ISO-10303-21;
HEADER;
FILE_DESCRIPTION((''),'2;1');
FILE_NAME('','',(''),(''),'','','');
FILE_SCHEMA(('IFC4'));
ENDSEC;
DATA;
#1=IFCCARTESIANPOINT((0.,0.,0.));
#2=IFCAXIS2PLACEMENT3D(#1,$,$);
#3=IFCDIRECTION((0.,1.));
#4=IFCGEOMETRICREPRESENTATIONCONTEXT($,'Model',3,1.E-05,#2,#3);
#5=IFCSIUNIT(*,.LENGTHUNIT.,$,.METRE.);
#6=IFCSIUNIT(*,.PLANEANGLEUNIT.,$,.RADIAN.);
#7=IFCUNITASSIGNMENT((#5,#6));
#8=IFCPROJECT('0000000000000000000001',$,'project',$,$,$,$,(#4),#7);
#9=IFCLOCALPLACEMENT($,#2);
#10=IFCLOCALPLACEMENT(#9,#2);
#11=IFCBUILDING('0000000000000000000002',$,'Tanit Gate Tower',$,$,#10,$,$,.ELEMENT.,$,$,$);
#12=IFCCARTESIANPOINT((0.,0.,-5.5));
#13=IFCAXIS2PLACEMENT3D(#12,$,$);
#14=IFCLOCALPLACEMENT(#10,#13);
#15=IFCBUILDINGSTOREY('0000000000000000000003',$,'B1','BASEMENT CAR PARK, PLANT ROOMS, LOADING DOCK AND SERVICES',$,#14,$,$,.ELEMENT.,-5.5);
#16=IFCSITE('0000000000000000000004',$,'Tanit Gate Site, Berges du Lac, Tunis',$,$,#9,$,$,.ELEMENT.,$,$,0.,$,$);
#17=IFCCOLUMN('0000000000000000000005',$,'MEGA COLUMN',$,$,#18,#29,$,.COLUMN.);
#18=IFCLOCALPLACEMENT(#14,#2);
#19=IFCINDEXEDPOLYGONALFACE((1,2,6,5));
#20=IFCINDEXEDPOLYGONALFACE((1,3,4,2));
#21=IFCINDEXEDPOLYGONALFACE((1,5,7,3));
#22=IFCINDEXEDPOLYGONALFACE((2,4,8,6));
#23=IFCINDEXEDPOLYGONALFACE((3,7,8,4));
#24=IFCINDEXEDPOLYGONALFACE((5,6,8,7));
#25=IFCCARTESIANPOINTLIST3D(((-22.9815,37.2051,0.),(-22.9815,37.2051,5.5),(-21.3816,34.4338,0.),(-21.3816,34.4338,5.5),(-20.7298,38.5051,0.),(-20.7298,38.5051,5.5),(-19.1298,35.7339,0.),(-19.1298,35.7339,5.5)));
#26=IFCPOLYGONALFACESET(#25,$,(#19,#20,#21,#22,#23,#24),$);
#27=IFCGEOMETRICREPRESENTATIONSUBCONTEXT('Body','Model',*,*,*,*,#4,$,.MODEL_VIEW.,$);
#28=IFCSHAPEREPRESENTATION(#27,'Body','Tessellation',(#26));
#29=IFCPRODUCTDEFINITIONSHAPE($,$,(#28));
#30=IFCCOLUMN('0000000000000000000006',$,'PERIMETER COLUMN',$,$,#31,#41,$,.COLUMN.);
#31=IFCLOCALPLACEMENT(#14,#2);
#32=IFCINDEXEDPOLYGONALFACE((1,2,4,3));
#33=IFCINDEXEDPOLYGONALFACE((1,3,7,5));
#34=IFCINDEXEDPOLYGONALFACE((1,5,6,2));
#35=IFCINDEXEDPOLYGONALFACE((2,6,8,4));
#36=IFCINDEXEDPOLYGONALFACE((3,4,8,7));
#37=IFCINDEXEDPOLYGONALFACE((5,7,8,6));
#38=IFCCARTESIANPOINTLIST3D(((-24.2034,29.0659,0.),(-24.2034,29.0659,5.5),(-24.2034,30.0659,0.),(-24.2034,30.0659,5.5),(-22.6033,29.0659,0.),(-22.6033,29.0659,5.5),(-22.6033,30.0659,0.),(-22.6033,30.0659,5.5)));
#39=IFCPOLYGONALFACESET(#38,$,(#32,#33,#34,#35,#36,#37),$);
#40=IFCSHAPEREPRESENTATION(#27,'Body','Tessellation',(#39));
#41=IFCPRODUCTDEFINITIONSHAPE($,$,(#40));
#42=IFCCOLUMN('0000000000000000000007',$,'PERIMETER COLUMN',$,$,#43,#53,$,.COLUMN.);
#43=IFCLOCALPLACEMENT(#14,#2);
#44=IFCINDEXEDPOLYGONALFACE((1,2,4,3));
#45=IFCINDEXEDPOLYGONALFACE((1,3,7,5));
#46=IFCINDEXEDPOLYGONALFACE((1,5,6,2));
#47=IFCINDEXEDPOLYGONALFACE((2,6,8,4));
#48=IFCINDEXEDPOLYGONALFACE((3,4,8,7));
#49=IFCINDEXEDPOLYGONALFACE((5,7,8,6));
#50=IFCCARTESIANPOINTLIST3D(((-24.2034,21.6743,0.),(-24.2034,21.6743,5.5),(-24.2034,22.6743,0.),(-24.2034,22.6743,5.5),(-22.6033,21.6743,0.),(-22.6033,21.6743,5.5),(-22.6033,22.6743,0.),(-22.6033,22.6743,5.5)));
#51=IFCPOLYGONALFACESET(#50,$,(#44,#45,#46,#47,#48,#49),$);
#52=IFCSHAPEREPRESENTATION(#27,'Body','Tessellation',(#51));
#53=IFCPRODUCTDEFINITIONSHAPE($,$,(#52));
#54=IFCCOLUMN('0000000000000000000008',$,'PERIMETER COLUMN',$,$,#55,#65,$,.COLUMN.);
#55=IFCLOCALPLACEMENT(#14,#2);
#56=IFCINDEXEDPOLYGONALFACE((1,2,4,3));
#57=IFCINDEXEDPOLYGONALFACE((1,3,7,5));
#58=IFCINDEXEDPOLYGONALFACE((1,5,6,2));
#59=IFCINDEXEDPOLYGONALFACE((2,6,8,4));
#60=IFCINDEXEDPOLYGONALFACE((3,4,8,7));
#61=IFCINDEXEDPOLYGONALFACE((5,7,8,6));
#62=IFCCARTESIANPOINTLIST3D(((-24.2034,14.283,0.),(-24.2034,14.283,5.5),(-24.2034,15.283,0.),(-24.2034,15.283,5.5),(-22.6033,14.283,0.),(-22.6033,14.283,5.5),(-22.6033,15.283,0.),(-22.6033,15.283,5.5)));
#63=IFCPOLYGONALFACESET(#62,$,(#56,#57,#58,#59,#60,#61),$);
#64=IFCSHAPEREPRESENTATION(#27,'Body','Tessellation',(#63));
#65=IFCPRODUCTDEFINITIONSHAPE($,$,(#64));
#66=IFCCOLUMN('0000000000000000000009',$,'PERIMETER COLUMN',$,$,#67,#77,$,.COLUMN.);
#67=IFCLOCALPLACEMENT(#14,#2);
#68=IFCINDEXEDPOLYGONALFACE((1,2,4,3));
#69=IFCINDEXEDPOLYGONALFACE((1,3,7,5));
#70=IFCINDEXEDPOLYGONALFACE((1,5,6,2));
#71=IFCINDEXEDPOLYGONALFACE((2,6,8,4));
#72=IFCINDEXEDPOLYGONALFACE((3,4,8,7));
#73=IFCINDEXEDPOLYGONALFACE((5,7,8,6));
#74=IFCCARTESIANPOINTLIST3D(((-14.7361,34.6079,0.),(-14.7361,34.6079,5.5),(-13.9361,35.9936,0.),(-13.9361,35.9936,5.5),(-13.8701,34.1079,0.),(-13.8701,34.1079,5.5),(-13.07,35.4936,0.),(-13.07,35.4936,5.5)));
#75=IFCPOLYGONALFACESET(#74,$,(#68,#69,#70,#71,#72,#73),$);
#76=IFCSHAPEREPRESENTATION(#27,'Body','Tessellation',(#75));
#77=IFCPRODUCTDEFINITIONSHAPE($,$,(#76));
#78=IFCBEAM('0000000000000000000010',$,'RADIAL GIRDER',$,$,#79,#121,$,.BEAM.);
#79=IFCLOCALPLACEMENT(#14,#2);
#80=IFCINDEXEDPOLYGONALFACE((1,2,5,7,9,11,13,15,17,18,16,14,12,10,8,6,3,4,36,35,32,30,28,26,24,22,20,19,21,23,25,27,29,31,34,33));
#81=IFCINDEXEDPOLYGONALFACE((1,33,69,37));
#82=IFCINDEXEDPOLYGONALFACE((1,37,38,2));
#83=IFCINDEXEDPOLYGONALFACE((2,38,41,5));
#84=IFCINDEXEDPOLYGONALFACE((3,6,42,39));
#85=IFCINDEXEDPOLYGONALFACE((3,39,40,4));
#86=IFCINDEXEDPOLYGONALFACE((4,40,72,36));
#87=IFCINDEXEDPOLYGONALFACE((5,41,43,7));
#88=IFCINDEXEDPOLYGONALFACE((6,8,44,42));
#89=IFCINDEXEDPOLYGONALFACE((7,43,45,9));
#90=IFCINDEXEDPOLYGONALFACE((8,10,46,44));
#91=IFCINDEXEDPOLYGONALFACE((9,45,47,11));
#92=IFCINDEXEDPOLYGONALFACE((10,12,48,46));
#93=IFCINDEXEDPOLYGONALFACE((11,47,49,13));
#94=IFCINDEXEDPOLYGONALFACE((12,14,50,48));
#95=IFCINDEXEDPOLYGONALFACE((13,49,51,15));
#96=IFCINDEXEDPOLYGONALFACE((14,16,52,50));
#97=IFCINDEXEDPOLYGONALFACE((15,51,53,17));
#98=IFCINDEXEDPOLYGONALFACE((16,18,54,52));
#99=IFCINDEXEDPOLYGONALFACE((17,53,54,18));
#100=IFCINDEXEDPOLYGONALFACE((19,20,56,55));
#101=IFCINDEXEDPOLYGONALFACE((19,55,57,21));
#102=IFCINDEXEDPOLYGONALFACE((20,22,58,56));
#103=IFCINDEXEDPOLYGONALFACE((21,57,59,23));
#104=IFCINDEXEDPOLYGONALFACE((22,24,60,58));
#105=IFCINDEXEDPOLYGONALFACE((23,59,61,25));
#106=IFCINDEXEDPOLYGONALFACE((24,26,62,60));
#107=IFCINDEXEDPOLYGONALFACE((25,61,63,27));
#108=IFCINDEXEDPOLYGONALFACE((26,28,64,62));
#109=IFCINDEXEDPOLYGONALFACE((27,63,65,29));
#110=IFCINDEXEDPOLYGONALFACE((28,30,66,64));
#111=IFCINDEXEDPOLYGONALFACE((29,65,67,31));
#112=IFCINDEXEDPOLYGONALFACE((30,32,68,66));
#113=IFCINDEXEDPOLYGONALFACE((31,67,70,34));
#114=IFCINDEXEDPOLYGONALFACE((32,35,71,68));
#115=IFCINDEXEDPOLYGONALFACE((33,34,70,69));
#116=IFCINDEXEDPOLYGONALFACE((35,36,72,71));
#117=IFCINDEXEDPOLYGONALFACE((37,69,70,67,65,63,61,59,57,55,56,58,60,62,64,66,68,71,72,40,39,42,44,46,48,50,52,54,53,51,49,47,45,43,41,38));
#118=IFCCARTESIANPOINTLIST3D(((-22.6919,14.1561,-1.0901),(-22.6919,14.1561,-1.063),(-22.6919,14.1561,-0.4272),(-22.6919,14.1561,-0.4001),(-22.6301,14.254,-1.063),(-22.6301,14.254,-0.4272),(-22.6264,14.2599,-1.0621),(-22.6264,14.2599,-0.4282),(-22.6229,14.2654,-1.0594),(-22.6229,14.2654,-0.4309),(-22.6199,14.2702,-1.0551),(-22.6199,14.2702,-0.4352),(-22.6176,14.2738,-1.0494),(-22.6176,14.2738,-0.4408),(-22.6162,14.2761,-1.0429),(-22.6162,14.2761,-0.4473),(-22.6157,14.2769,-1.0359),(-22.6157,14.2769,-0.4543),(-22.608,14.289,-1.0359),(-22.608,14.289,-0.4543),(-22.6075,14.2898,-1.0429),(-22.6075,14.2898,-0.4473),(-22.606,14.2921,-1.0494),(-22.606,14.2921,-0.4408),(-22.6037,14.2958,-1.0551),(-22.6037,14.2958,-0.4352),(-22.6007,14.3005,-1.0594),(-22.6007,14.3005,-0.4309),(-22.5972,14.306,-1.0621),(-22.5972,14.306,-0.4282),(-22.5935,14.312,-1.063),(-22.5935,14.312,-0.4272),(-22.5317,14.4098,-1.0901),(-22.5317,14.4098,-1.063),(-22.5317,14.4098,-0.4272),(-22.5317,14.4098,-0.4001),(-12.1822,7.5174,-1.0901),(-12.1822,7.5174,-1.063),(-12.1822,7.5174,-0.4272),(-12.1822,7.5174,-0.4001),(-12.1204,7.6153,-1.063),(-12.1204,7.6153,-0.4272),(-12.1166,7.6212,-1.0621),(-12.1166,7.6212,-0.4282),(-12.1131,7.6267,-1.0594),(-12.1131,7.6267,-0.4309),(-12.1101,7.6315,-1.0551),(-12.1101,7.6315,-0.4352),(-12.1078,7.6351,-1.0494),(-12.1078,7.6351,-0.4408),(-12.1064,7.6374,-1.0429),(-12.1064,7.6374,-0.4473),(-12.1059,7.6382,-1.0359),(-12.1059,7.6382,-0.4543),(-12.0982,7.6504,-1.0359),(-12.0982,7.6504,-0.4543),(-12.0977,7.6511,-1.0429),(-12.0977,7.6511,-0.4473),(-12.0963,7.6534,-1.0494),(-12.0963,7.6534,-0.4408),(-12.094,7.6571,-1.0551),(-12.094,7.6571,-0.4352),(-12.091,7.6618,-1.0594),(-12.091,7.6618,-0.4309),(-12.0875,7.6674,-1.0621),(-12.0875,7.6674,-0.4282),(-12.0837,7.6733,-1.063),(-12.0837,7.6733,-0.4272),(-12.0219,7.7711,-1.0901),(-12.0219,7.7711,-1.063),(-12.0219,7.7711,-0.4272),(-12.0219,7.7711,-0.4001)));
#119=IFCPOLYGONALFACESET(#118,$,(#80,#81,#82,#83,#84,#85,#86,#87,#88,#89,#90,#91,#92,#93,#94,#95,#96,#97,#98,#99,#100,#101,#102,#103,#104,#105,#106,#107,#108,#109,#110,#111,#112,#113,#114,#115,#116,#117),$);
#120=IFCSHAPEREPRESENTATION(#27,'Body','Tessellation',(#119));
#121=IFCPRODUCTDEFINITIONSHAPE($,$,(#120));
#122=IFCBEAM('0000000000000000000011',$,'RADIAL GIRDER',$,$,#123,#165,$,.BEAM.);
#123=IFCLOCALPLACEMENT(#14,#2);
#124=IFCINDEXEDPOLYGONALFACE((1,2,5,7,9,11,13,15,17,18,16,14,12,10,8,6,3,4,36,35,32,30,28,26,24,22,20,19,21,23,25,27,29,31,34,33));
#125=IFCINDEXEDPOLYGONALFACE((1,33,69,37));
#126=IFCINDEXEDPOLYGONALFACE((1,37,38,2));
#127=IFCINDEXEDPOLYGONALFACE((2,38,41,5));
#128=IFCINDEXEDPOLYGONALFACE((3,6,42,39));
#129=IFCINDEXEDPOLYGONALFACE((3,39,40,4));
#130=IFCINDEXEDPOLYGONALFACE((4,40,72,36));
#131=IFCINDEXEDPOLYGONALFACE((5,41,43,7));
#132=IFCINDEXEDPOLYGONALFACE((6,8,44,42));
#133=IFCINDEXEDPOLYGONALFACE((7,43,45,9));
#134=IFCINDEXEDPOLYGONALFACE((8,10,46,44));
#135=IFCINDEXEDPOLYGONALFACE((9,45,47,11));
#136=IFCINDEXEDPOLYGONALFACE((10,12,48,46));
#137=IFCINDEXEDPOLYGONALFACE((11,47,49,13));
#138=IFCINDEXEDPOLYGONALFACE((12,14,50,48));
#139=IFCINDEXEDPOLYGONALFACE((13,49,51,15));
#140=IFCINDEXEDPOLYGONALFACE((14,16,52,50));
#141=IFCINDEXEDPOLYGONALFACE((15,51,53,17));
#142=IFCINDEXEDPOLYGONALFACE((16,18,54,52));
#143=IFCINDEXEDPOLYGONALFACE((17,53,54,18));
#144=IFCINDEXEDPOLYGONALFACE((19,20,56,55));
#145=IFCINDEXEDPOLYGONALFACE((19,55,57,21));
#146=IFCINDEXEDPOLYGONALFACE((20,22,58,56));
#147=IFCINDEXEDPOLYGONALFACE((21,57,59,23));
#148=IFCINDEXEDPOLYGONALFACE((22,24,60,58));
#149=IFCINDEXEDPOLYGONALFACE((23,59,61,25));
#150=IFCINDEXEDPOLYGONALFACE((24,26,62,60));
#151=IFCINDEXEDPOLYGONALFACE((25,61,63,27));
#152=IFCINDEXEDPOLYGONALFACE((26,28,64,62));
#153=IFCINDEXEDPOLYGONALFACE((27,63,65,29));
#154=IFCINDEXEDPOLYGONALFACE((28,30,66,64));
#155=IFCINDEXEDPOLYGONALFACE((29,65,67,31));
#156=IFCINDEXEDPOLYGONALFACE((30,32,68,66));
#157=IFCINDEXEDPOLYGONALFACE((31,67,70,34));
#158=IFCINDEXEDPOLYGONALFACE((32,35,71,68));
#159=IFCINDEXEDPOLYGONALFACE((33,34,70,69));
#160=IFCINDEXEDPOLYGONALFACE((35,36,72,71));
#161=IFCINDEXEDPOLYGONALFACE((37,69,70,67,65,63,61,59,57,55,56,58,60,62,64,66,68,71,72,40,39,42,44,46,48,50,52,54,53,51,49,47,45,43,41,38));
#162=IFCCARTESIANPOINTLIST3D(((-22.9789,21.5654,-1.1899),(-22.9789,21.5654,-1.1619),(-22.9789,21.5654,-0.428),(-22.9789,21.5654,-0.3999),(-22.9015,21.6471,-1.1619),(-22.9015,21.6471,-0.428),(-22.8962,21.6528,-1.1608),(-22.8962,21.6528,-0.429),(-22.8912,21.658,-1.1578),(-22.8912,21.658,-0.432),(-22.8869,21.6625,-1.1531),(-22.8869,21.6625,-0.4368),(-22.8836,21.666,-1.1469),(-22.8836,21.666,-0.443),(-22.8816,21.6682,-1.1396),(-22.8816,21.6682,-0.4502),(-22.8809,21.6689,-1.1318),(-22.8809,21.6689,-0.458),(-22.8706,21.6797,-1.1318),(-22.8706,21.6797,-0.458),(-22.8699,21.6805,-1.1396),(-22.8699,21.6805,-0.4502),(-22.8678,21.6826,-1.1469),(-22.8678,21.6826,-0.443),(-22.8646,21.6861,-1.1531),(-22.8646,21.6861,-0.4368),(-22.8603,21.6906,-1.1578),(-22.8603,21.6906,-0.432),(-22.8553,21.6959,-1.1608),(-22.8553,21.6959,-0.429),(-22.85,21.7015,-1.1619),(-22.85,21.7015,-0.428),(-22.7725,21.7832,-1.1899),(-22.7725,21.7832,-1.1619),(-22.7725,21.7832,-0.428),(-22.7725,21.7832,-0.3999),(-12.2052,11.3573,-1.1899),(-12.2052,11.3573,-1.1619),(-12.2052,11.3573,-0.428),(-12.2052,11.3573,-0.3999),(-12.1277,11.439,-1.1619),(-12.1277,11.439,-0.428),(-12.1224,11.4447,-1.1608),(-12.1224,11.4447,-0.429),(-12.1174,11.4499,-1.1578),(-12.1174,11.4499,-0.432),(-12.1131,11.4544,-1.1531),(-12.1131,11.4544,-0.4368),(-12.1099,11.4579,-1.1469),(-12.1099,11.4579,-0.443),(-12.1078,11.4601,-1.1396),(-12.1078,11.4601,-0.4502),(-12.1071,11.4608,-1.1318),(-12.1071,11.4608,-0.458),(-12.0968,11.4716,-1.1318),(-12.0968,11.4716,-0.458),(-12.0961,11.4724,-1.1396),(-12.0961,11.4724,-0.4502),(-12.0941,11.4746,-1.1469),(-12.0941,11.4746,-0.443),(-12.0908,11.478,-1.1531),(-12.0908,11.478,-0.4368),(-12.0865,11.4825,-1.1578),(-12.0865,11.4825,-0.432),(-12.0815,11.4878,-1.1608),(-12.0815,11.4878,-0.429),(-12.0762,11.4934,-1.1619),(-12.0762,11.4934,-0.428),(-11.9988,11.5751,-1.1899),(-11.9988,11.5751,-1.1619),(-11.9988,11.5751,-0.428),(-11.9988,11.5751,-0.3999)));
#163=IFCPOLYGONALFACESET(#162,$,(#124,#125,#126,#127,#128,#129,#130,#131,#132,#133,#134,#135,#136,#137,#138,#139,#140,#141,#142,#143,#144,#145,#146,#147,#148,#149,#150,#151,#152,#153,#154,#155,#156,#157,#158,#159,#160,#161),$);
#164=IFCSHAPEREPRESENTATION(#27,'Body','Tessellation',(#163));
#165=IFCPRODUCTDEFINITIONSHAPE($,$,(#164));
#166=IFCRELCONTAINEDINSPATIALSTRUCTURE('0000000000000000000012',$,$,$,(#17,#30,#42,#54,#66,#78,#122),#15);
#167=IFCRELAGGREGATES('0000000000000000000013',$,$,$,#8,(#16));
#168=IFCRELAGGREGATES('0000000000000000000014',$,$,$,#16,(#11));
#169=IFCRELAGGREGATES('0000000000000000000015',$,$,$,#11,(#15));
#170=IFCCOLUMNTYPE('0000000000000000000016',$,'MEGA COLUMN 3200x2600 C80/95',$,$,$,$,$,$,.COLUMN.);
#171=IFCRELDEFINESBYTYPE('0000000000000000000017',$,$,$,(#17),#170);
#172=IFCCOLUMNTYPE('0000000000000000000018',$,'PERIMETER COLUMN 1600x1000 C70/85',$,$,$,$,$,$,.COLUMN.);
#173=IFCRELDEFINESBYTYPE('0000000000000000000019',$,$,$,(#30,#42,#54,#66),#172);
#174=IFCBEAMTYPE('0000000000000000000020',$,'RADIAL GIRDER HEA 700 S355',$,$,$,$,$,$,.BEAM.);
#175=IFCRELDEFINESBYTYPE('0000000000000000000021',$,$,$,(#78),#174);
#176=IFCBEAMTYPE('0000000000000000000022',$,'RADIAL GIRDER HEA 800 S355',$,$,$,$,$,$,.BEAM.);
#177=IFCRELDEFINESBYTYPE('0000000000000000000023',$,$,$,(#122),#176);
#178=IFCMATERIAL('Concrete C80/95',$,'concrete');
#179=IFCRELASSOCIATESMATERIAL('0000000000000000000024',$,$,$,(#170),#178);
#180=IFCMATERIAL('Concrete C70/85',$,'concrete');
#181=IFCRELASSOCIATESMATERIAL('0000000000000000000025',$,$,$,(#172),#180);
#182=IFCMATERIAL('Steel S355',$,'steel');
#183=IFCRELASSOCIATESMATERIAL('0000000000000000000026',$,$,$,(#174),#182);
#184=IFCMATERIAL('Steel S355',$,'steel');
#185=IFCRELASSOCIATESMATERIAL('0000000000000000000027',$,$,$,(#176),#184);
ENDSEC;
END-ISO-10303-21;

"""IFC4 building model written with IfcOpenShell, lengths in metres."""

from ifc_helpers import new_model, si_unit, direction, frame, origin, origin_2d, place, context, subcontext, project, spatial, rectangle, i_section, extrude, material, material_profile, profile_set, type_object, element, save


model = new_model("IFC4")

# Units and contexts
model_context = context("Model", 3, precision=1e-05, world=origin(), true_north=direction((0.0, 1.0)))
body_context = subcontext(model_context, "Body", "Model", "MODEL_VIEW")
ifc_project = project(units=[si_unit("LENGTHUNIT", "METRE"), si_unit("PLANEANGLEUNIT", "RADIAN")], contexts=[model_context])

# Site, building, storey
site_placement = place(None, origin())
site = spatial("IfcSite", under=ifc_project, at=site_placement, Name="Tanit Gate Site, Berges du Lac, Tunis", CompositionType="ELEMENT", RefElevation=0.0)
building_placement = place(site_placement, origin())
building = spatial("IfcBuilding", under=site, at=building_placement, Name="Tanit Gate Tower", CompositionType="ELEMENT")
storey_placement = place(building_placement, frame((0.0, 0.0, -5.5)))
storey = spatial("IfcBuildingStorey", under=building, at=storey_placement, Name="B1", Description="BASEMENT CAR PARK, PLANT ROOMS, LOADING DOCK AND SERVICES", CompositionType="ELEMENT", Elevation=-5.5)

# Columns
ifc_material_1 = material(Name="Concrete C80/95", Category="concrete")
ifc_material_profile_1 = material_profile(ifc_material_1, rectangle(XDim=3.2, YDim=2.6001, at=origin_2d()), Name="RC 3200x2600")
ifc_profile_set_1 = profile_set([ifc_material_profile_1], Name="Concrete C80/95")
column_type_1 = type_object("IfcColumnType", Name="MEGA COLUMN 3200x2600 C80/95", PredefinedType="COLUMN", material=ifc_profile_set_1)
column_placement = place(storey_placement, frame((-21.0557, 36.4695, 0.0), z_axis=(0.0, 0.0, 1.0), x_axis=(-0.5, 0.866025, 0.0)))
element("IfcColumn", 1, at=column_placement, inside=storey, type_object=column_type_1, Name="MEGA COLUMN", PredefinedType="COLUMN", context=body_context, shape_type="SweptSolid", body=[
    extrude(rectangle(XDim=3.2, YDim=2.6001, at=origin_2d()), origin(), (0.0, 0.0, 1.0), 5.5),
])
ifc_material_2 = material(Name="Concrete C70/85", Category="concrete")
ifc_material_profile_2 = material_profile(ifc_material_2, rectangle(XDim=1.6001, YDim=1.0, at=origin_2d()), Name="RC 1600x1000")
ifc_profile_set_2 = profile_set([ifc_material_profile_2], Name="Concrete C70/85")
column_type_2 = type_object("IfcColumnType", Name="PERIMETER COLUMN 1600x1000 C70/85", PredefinedType="COLUMN", material=ifc_profile_set_2)
for number, where, z_axis, x_axis, name in (
    (2, (-23.4033, 29.5659, 0.0), (0.0, 0.0, 1.0), (-1.0, 0.0, 0.0), "PERIMETER COLUMN"),
    (3, (-23.4033, 22.1743, 0.0), (0.0, 0.0, 1.0), (-1.0, 0.0, 0.0), "PERIMETER COLUMN"),
    (4, (-23.4033, 14.783, 0.0), (0.0, 0.0, 1.0), (-1.0, 0.0, 0.0), "PERIMETER COLUMN"),
    (5, (-13.9031, 35.0508, 0.0), (0.0, 0.0, 1.0), (0.5, 0.866025, 0.0), "PERIMETER COLUMN"),
):
    element("IfcColumn", number, at=place(storey_placement, frame(where, z_axis=z_axis, x_axis=x_axis)), inside=storey, type_object=column_type_2, Name=name, PredefinedType="COLUMN", context=body_context, shape_type="SweptSolid", body=[
        extrude(rectangle(XDim=1.6001, YDim=1.0, at=origin_2d()), origin(), (0.0, 0.0, 1.0), 5.5),
    ])

# Beams
ifc_material_3 = material(Name="Steel S355", Category="steel")
ifc_material_profile_3 = material_profile(ifc_material_3, i_section(OverallWidth=0.3, OverallDepth=0.6899, WebThickness=0.0144, FlangeThickness=0.0271, FilletRadius=0.0271, at=origin_2d()), Name="HEA 700")
ifc_profile_set_3 = profile_set([ifc_material_profile_3], Name="Steel S355")
beam_type_1 = type_object("IfcBeamType", Name="RADIAL GIRDER HEA 700 S355", PredefinedType="BEAM", material=ifc_profile_set_3)
beam_1_placement = place(storey_placement, frame((-22.6118, 14.283, -0.7451), z_axis=(0.845455, -0.534046, 0.0), x_axis=(0.534046, 0.845455, 0.0)))
element("IfcBeam", 6, at=beam_1_placement, inside=storey, type_object=beam_type_1, Name="RADIAL GIRDER", PredefinedType="BEAM", context=body_context, shape_type="SweptSolid", body=[
    extrude(i_section(OverallWidth=0.3, OverallDepth=0.6899, WebThickness=0.0144, FlangeThickness=0.0271, FilletRadius=0.0271, at=origin_2d()), origin(), (0.0, 0.0, 1.0), 12.4309),
])
ifc_material_4 = material(Name="Steel S355", Category="steel")
ifc_material_profile_4 = material_profile(ifc_material_4, i_section(OverallWidth=0.3, OverallDepth=0.79, WebThickness=0.0149, FlangeThickness=0.0281, FilletRadius=0.03, at=origin_2d()), Name="HEA 800")
ifc_profile_set_4 = profile_set([ifc_material_profile_4], Name="Steel S355")
beam_type_2 = type_object("IfcBeamType", Name="RADIAL GIRDER HEA 800 S355", PredefinedType="BEAM", material=ifc_profile_set_4)
beam_2_placement = place(storey_placement, frame((-22.8757, 21.6743, -0.7949), z_axis=(0.725907, -0.687793, 0.0), x_axis=(0.687793, 0.725907, 0.0)))
element("IfcBeam", 7, at=beam_2_placement, inside=storey, type_object=beam_type_2, Name="RADIAL GIRDER", PredefinedType="BEAM", context=body_context, shape_type="SweptSolid", body=[
    extrude(i_section(OverallWidth=0.3, OverallDepth=0.79, WebThickness=0.0149, FlangeThickness=0.0281, FilletRadius=0.03, at=origin_2d()), origin(), (0.0, 0.0, 1.0), 14.8418),
])

save(model, "model.ifc")
